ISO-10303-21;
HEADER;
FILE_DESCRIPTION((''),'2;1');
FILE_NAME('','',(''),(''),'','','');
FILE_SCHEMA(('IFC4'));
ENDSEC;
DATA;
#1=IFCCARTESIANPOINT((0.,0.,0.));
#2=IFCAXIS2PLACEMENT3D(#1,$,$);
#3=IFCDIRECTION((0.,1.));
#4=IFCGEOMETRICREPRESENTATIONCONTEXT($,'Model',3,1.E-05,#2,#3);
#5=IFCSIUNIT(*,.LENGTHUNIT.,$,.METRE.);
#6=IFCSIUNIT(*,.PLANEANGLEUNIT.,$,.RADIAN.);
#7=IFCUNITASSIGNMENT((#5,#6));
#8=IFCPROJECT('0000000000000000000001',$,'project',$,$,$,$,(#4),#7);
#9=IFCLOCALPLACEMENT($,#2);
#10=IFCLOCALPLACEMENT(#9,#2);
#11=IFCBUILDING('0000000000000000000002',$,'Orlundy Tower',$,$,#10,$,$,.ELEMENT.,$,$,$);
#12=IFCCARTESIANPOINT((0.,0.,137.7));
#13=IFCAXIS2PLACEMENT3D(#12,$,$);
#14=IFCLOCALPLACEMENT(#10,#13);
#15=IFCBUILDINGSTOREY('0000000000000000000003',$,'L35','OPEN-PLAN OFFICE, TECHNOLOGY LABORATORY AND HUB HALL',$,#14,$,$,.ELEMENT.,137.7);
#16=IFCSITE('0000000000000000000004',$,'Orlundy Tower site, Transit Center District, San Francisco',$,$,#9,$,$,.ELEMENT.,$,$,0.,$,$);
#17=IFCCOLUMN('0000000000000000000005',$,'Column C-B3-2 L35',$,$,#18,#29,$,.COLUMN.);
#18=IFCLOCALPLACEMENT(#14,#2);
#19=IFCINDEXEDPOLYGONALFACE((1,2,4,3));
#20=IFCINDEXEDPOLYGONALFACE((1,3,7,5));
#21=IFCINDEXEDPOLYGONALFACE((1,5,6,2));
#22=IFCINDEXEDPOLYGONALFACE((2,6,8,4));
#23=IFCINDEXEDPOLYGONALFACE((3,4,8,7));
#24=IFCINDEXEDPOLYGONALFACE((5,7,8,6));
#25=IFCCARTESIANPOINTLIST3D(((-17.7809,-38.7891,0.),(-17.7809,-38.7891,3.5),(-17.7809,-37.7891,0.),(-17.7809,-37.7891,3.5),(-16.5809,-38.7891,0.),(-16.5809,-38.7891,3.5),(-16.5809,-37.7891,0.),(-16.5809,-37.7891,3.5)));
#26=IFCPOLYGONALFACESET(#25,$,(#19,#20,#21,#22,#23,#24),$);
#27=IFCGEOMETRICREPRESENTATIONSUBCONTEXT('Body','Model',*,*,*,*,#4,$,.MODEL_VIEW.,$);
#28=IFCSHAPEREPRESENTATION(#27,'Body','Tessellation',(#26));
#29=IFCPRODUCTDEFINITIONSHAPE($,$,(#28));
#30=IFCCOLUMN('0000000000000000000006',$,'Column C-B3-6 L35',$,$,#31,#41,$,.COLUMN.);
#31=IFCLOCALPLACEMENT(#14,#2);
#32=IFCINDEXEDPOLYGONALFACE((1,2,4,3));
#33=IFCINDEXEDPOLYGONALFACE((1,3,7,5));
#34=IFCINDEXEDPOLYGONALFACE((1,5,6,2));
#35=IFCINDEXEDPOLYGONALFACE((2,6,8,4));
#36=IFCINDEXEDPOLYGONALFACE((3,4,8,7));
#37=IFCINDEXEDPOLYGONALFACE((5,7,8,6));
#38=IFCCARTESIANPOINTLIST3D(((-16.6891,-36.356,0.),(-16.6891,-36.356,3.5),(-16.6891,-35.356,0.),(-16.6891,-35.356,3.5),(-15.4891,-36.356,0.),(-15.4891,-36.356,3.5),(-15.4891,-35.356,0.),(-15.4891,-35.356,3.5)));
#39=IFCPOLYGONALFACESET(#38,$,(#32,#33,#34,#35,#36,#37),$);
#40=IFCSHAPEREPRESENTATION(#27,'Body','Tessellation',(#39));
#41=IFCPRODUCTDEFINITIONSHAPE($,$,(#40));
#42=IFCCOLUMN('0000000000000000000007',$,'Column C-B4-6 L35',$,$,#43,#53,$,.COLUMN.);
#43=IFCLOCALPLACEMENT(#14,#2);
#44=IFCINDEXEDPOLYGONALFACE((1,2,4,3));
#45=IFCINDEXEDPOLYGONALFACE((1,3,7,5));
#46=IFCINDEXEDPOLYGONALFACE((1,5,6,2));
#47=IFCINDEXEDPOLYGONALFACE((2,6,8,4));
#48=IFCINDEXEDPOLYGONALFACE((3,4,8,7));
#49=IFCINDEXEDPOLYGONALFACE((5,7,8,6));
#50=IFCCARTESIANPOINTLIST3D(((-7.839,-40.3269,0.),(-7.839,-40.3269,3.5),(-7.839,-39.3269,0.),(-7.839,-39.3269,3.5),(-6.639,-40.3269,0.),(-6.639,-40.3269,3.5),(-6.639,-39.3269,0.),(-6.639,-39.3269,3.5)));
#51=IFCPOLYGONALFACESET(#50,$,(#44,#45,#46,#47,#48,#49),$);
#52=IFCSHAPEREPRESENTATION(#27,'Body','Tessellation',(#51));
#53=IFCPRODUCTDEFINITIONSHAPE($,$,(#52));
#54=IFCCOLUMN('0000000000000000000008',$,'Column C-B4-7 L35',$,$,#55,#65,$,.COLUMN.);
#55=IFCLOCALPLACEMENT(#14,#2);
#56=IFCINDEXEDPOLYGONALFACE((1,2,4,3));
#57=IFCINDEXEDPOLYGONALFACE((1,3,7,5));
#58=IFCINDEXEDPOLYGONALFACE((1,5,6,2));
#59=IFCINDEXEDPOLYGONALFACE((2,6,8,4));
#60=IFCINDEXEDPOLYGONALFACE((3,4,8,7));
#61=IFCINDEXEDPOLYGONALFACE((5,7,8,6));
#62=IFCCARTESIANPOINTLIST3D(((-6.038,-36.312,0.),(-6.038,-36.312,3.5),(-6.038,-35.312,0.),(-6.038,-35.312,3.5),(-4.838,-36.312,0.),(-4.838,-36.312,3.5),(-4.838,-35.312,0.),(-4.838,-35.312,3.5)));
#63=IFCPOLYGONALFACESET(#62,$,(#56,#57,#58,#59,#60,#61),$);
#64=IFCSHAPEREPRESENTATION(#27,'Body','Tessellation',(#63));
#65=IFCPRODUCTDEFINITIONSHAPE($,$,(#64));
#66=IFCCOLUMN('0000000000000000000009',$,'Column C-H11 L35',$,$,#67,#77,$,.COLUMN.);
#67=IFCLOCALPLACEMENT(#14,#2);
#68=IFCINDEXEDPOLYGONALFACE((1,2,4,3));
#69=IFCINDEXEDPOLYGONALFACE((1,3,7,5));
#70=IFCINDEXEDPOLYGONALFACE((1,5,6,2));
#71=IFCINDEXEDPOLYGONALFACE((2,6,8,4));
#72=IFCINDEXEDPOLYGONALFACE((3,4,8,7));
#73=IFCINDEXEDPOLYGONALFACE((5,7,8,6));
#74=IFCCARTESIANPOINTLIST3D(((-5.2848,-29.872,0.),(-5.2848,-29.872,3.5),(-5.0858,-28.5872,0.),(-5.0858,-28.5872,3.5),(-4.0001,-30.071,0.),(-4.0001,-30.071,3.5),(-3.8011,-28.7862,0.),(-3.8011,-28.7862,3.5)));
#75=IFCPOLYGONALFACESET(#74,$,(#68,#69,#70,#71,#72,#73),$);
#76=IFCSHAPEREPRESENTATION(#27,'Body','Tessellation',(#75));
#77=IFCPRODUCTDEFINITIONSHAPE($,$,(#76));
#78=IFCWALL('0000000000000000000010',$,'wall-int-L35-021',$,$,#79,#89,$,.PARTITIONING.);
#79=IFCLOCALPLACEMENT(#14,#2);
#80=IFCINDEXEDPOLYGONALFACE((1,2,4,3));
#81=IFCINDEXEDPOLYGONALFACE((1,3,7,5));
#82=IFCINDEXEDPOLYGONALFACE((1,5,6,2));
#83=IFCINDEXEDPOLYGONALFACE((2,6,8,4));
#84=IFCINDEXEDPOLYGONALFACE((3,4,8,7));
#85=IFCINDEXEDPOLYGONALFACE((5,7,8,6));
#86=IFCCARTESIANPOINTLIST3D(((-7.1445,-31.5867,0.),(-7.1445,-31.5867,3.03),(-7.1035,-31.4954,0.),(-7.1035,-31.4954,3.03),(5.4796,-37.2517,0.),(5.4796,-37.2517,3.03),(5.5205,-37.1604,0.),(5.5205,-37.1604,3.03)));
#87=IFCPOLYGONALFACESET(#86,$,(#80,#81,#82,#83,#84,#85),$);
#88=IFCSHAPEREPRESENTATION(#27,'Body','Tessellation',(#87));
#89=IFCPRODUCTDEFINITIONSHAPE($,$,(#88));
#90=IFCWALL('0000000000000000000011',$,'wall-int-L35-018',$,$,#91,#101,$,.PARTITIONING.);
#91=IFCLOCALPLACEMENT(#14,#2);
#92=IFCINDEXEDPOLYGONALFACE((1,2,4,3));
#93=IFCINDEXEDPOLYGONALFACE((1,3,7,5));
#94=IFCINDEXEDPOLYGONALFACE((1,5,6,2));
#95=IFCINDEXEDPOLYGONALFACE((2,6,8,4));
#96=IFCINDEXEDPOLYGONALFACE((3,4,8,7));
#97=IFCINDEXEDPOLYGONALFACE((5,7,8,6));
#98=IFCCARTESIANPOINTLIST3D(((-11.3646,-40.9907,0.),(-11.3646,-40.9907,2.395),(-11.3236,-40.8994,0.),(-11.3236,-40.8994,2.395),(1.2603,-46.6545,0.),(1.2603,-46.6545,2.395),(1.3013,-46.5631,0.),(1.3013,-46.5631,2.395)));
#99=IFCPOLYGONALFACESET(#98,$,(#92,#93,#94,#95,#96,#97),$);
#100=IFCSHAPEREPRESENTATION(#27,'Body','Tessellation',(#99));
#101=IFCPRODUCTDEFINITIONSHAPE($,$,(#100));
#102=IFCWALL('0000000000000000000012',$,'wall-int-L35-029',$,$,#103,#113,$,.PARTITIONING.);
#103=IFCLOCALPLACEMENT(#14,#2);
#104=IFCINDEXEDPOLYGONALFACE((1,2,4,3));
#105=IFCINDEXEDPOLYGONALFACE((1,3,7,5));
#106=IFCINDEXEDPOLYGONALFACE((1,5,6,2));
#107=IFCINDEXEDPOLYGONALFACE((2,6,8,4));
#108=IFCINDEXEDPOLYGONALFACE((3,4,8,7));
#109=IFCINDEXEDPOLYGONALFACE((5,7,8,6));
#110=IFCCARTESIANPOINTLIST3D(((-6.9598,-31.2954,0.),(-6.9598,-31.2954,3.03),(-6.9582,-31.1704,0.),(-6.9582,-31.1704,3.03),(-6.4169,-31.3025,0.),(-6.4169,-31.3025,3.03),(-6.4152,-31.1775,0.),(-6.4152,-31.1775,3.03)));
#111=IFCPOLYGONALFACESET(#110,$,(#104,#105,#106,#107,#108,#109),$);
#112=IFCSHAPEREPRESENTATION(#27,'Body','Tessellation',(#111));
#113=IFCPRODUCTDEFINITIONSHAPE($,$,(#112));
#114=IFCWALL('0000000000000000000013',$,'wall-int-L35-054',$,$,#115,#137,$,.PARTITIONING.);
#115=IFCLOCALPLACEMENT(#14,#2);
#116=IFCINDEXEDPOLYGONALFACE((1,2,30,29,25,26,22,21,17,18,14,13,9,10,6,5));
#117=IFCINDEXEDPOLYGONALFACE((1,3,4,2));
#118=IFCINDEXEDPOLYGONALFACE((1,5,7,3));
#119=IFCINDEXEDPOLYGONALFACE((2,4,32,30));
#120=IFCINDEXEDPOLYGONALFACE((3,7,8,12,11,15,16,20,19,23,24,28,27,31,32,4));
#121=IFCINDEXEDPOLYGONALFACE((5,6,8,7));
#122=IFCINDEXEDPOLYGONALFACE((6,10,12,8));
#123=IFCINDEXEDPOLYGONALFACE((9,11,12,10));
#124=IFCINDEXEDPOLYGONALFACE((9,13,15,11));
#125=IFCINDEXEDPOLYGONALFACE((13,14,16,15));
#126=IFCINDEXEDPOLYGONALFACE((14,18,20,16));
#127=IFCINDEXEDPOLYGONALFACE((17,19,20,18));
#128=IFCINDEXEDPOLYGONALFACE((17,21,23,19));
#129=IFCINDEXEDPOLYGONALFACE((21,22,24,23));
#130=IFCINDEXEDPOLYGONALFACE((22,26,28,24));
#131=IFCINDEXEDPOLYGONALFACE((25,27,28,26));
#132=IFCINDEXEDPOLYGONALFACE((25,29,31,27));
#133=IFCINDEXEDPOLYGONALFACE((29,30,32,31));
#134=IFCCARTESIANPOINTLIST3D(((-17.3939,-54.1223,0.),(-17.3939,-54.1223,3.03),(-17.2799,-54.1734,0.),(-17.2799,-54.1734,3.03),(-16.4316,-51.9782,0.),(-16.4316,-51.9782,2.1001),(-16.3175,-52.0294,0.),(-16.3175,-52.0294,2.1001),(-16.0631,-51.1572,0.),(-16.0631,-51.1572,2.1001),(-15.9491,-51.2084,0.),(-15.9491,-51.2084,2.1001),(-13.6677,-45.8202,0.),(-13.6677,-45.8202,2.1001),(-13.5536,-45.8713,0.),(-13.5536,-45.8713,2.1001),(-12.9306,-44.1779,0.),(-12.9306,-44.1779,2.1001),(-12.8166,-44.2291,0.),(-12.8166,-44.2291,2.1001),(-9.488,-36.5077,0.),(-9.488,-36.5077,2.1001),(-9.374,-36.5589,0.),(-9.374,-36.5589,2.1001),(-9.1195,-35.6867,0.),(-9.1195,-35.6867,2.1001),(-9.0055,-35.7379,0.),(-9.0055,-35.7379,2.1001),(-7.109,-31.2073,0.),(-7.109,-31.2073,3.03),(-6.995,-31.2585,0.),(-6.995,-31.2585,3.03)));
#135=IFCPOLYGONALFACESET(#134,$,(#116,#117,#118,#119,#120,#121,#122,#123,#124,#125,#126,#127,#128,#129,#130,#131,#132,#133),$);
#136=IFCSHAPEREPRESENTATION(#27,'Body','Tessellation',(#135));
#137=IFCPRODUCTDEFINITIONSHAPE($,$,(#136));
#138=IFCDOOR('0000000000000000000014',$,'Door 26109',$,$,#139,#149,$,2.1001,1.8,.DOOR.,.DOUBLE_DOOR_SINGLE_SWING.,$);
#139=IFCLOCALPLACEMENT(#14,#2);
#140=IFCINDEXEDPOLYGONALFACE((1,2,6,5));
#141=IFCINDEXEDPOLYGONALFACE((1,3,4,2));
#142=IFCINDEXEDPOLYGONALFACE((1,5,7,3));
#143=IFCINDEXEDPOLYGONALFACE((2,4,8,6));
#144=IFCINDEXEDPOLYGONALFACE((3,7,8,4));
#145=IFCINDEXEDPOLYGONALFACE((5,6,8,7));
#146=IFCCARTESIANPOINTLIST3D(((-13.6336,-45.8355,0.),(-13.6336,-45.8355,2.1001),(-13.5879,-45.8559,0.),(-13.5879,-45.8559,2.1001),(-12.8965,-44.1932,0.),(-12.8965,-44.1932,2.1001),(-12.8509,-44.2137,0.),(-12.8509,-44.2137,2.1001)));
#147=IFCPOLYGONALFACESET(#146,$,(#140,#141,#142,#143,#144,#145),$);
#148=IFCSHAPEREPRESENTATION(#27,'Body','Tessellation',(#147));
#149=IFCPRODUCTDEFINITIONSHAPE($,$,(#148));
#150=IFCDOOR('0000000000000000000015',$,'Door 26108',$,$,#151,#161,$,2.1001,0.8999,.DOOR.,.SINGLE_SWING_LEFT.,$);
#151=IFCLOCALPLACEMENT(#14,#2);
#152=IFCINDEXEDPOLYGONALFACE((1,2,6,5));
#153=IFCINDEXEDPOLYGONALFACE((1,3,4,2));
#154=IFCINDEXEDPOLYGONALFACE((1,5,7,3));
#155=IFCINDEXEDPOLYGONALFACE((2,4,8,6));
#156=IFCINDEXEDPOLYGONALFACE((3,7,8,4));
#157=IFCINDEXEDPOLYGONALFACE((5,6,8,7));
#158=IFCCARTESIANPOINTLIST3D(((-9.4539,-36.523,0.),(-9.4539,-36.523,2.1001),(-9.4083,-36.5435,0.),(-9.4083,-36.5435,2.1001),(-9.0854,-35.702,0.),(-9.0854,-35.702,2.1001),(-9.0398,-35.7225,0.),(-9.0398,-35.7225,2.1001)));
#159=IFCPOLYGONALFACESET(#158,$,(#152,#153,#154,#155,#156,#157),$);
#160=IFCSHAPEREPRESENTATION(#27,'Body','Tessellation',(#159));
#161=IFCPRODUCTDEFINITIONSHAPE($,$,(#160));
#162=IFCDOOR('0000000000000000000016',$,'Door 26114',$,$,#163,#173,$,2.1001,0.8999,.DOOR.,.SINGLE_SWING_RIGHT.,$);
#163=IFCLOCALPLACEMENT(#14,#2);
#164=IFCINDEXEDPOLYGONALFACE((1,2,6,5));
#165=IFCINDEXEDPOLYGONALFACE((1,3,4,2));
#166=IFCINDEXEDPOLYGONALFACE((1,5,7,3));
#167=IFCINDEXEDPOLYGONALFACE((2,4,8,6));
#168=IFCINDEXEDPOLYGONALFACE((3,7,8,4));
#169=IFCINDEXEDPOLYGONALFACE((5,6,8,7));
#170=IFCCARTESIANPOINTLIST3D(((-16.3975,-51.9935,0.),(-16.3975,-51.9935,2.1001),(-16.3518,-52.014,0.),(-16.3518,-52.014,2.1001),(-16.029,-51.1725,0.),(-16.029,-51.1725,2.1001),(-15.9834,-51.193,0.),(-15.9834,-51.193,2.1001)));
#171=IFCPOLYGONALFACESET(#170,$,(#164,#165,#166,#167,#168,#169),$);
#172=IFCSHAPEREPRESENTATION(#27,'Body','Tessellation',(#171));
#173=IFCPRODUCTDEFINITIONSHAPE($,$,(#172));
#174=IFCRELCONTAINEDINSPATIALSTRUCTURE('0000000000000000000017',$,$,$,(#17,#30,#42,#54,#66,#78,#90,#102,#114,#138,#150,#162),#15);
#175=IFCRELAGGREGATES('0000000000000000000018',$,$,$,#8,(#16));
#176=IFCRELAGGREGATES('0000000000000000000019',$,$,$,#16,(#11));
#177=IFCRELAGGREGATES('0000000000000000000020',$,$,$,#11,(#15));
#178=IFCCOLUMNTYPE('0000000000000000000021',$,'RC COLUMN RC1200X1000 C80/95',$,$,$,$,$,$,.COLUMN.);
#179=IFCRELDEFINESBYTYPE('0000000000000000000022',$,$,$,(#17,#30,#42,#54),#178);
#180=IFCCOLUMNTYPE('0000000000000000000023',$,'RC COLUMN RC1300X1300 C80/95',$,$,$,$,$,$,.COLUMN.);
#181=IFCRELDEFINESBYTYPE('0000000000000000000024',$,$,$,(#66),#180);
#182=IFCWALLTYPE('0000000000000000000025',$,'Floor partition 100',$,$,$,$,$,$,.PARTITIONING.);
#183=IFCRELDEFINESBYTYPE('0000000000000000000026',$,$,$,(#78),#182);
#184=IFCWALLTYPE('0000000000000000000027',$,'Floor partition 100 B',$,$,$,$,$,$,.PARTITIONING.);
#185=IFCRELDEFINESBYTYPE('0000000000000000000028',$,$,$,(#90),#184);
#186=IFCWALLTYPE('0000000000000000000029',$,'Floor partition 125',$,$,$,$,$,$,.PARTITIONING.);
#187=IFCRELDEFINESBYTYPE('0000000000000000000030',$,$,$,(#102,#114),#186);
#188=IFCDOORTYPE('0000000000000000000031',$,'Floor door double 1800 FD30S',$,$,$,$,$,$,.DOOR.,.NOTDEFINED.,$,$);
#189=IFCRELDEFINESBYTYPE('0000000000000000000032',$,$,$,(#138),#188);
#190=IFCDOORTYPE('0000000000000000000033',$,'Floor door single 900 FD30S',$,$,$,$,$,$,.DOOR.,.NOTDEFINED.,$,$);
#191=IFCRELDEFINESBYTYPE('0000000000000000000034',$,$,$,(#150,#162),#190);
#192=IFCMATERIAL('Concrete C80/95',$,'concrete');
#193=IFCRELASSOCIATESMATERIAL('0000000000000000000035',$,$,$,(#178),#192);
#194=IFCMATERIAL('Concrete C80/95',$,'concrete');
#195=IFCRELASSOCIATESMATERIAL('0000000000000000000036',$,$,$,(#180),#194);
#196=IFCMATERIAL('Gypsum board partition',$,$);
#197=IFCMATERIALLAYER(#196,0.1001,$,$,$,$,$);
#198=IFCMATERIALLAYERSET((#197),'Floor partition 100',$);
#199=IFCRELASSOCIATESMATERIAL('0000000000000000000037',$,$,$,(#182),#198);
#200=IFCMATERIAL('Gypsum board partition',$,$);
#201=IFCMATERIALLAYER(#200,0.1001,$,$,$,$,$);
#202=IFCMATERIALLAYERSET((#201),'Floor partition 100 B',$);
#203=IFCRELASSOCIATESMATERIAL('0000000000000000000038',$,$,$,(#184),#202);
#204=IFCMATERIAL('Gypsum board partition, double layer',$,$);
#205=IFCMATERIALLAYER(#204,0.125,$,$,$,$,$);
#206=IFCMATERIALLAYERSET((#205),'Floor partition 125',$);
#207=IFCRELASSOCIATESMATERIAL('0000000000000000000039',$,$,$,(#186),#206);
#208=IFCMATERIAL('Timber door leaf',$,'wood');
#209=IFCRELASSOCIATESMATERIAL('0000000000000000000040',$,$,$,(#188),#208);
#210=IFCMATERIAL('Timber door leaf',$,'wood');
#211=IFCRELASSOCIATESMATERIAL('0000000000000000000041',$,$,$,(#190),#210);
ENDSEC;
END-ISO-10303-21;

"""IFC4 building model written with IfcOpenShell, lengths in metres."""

from ifc_helpers import new_model, si_unit, direction, frame, frame_2d, origin, origin_2d, place, context, subcontext, project, spatial, rectangle, extrude, material, layer, layer_set, material_profile, profile_set, type_object, element, fill, save


model = new_model("IFC4")

# Units and contexts
model_context = context("Model", 3, precision=1e-05, world=origin(), true_north=direction((0.0, 1.0)))
body_context = subcontext(model_context, "Body", "Model", "MODEL_VIEW")
ifc_project = project(units=[si_unit("LENGTHUNIT", "METRE"), si_unit("PLANEANGLEUNIT", "RADIAN")], contexts=[model_context])

# Site, building, storey
site_placement = place(None, origin())
site = spatial("IfcSite", under=ifc_project, at=site_placement, Name="Orlundy Tower site, Transit Center District, San Francisco", CompositionType="ELEMENT", RefElevation=0.0)
building_placement = place(site_placement, origin())
building = spatial("IfcBuilding", under=site, at=building_placement, Name="Orlundy Tower", CompositionType="ELEMENT")
storey_placement = place(building_placement, frame((0.0, 0.0, 137.7)))
storey = spatial("IfcBuildingStorey", under=building, at=storey_placement, Name="L35", Description="OPEN-PLAN OFFICE, TECHNOLOGY LABORATORY AND HUB HALL", CompositionType="ELEMENT", Elevation=137.7)

# Columns
ifc_material_1 = material(Name="Concrete C80/95", Category="concrete")
ifc_material_profile_1 = material_profile(ifc_material_1, rectangle(XDim=1.2, YDim=1.0, at=origin_2d()), Name="RC1200X1000")
ifc_profile_set_1 = profile_set([ifc_material_profile_1], Name="Concrete C80/95")
column_type_1 = type_object("IfcColumnType", Name="RC COLUMN RC1200X1000 C80/95", PredefinedType="COLUMN", material=ifc_profile_set_1)
for number, where, z_axis, x_axis, name in (
    (1, (-17.1809, -38.2891, 0.0), (0.0, 0.0, 1.0), (1.0, 0.0, 0.0), "Column C-B3-2 L35"),
    (2, (-16.0891, -35.856, 0.0), (0.0, 0.0, 1.0), (1.0, 0.0, 0.0), "Column C-B3-6 L35"),
    (3, (-7.239, -39.8269, 0.0), (0.0, 0.0, 1.0), (1.0, 0.0, 0.0), "Column C-B4-6 L35"),
    (4, (-5.438, -35.812, 0.0), (0.0, 0.0, 1.0), (1.0, 0.0, 0.0), "Column C-B4-7 L35"),
):
    element("IfcColumn", number, at=place(storey_placement, frame(where, z_axis=z_axis, x_axis=x_axis)), inside=storey, type_object=column_type_1, Name=name, PredefinedType="COLUMN", context=body_context, shape_type="SweptSolid", body=[
        extrude(rectangle(XDim=1.2, YDim=1.0, at=origin_2d()), origin(), (0.0, 0.0, 1.0), 3.5),
    ])
ifc_material_2 = material(Name="Concrete C80/95", Category="concrete")
ifc_material_profile_2 = material_profile(ifc_material_2, rectangle(XDim=1.3, YDim=1.3, at=origin_2d()), Name="RC1300X1300")
ifc_profile_set_2 = profile_set([ifc_material_profile_2], Name="Concrete C80/95")
column_type_2 = type_object("IfcColumnType", Name="RC COLUMN RC1300X1300 C80/95", PredefinedType="COLUMN", material=ifc_profile_set_2)
column_placement = place(storey_placement, frame((-4.543, -29.3291, 0.0), z_axis=(0.0, 0.0, 1.0), x_axis=(-0.153072, -0.988215, 0.0)))
element("IfcColumn", 5, at=column_placement, inside=storey, type_object=column_type_2, Name="Column C-H11 L35", PredefinedType="COLUMN", context=body_context, shape_type="SweptSolid", body=[
    extrude(rectangle(XDim=1.3, YDim=1.3, at=origin_2d()), origin(), (0.0, 0.0, 1.0), 3.5),
])

# Walls
ifc_material_3 = material(Name="Gypsum board partition")
ifc_layer_1 = layer(ifc_material_3, 0.1001)
ifc_layer_set_1 = layer_set([ifc_layer_1], Name="Floor partition 100")
wall_type_1 = type_object("IfcWallType", Name="Floor partition 100", PredefinedType="PARTITIONING", material=ifc_layer_set_1)
wall_1_placement = place(storey_placement, frame((-7.124, -31.541, 0.0), z_axis=(0.0, 0.0, 1.0), x_axis=(0.912348, -0.409417, 0.0)))
element("IfcWall", 6, at=wall_1_placement, inside=storey, type_object=wall_type_1, Name="wall-int-L35-021", PredefinedType="PARTITIONING", context=body_context, shape_type="SweptSolid", body=[
    extrude(rectangle(XDim=13.8369, YDim=0.1001, at=frame_2d((6.9185, 0.0))), origin(), (0.0, 0.0, 1.0), 3.03),
])
ifc_material_4 = material(Name="Gypsum board partition")
ifc_layer_2 = layer(ifc_material_4, 0.1001)
ifc_layer_set_2 = layer_set([ifc_layer_2], Name="Floor partition 100 B")
wall_type_2 = type_object("IfcWallType", Name="Floor partition 100 B", PredefinedType="PARTITIONING", material=ifc_layer_set_2)
wall_2_placement = place(storey_placement, frame((-11.344, -40.9451, 0.0), z_axis=(0.0, 0.0, 1.0), x_axis=(0.912392, -0.409317, 0.0)))
element("IfcWall", 7, at=wall_2_placement, inside=storey, type_object=wall_type_2, Name="wall-int-L35-018", PredefinedType="PARTITIONING", context=body_context, shape_type="SweptSolid", body=[
    extrude(rectangle(XDim=13.8372, YDim=0.1001, at=frame_2d((6.9185, 0.0))), origin(), (0.0, 0.0, 1.0), 2.395),
])
ifc_material_5 = material(Name="Gypsum board partition, double layer")
ifc_layer_3 = layer(ifc_material_5, 0.125)
ifc_layer_set_3 = layer_set([ifc_layer_3], Name="Floor partition 125")
wall_type_3 = type_object("IfcWallType", Name="Floor partition 125", PredefinedType="PARTITIONING", material=ifc_layer_set_3)
wall_3_placement = place(storey_placement, frame((-6.959, -31.2329, 0.0), z_axis=(0.0, 0.0, 1.0), x_axis=(0.999915, -0.013038, 0.0)))
element("IfcWall", 8, at=wall_3_placement, inside=storey, type_object=wall_type_3, Name="wall-int-L35-029", PredefinedType="PARTITIONING", context=body_context, shape_type="SweptSolid", body=[
    extrude(rectangle(XDim=0.543, YDim=0.125, at=frame_2d((0.2715, 0.0))), origin(), (0.0, 0.0, 1.0), 3.03),
])

# Wall, openings, doors
wall_4_placement = place(storey_placement, frame((-7.052, -31.2329, 0.0), z_axis=(0.0, 0.0, 1.0), x_axis=(-0.409475, -0.912321, 0.0)))
wall_4 = element("IfcWall", 9, at=wall_4_placement, inside=storey, type_object=wall_type_3, Name="wall-int-L35-054", PredefinedType="PARTITIONING", context=body_context, shape_type="SweptSolid", body=[
    extrude(rectangle(XDim=25.1172, YDim=0.125, at=frame_2d((12.5586, 0.0))), origin(), (0.0, 0.0, 1.0), 3.03),
])
opening_1_placement = place(wall_4_placement, frame((4.9099, 0.0, 0.0)))
opening_1 = element("IfcOpeningElement", 10, at=opening_1_placement, cuts=wall_4, PredefinedType="OPENING", context=body_context, shape_type="SweptSolid", body=[
    extrude(rectangle(XDim=0.8999, YDim=2.1001, at=frame_2d((0.45, 1.05))), frame((0.0, 0.0725, 0.0), z_axis=(0.0, -1.0, 0.0), x_axis=(1.0, 0.0, 0.0)), (0.0, 0.0, 1.0), 0.145),
])
opening_2_placement = place(wall_4_placement, frame((14.2173, 0.0, 0.0)))
opening_2 = element("IfcOpeningElement", 11, at=opening_2_placement, cuts=wall_4, PredefinedType="OPENING", context=body_context, shape_type="SweptSolid", body=[
    extrude(rectangle(XDim=1.8, YDim=2.1001, at=frame_2d((0.8999, 1.05))), frame((0.0, 0.0725, 0.0), z_axis=(0.0, -1.0, 0.0), x_axis=(1.0, 0.0, 0.0)), (0.0, 0.0, 1.0), 0.145),
])
opening_3_placement = place(wall_4_placement, frame((21.8672, 0.0, 0.0)))
opening_3 = element("IfcOpeningElement", 12, at=opening_3_placement, cuts=wall_4, PredefinedType="OPENING", context=body_context, shape_type="SweptSolid", body=[
    extrude(rectangle(XDim=0.8999, YDim=2.1001, at=frame_2d((0.45, 1.05))), frame((0.0, 0.0725, 0.0), z_axis=(0.0, -1.0, 0.0), x_axis=(1.0, 0.0, 0.0)), (0.0, 0.0, 1.0), 0.145),
])
ifc_material_6 = material(Name="Timber door leaf", Category="wood")
door_type_1 = type_object("IfcDoorType", Name="Floor door double 1800 FD30S", OperationType="NOTDEFINED", PredefinedType="DOOR", material=ifc_material_6)
door_1_placement = place(opening_2_placement, origin())
door_1 = element("IfcDoor", 13, at=door_1_placement, inside=storey, type_object=door_type_1, Name="Door 26109", OperationType="DOUBLE_DOOR_SINGLE_SWING", OverallHeight=2.1001, OverallWidth=1.8, PredefinedType="DOOR", context=body_context, shape_type="SweptSolid", body=[
    extrude(rectangle(XDim=1.8, YDim=2.1001, at=frame_2d((0.8999, 1.05))), frame((0.0, 0.0249, 0.0), z_axis=(0.0, -1.0, 0.0), x_axis=(1.0, 0.0, 0.0)), (0.0, 0.0, 1.0), 0.05),
])
fill(opening_2, door_1)
ifc_material_7 = material(Name="Timber door leaf", Category="wood")
door_type_2 = type_object("IfcDoorType", Name="Floor door single 900 FD30S", OperationType="NOTDEFINED", PredefinedType="DOOR", material=ifc_material_7)
door_2_placement = place(opening_1_placement, origin())
door_2 = element("IfcDoor", 14, at=door_2_placement, inside=storey, type_object=door_type_2, Name="Door 26108", OperationType="SINGLE_SWING_LEFT", OverallHeight=2.1001, OverallWidth=0.8999, PredefinedType="DOOR", context=body_context, shape_type="SweptSolid", body=[
    extrude(rectangle(XDim=0.8999, YDim=2.1001, at=frame_2d((0.45, 1.05))), frame((0.0, 0.0249, 0.0), z_axis=(0.0, -1.0, 0.0), x_axis=(1.0, 0.0, 0.0)), (0.0, 0.0, 1.0), 0.05),
])
fill(opening_1, door_2)
door_3_placement = place(opening_3_placement, origin())
door_3 = element("IfcDoor", 15, at=door_3_placement, inside=storey, type_object=door_type_2, Name="Door 26114", OperationType="SINGLE_SWING_RIGHT", OverallHeight=2.1001, OverallWidth=0.8999, PredefinedType="DOOR", context=body_context, shape_type="SweptSolid", body=[
    extrude(rectangle(XDim=0.8999, YDim=2.1001, at=frame_2d((0.45, 1.05))), frame((0.0, 0.0249, 0.0), z_axis=(0.0, -1.0, 0.0), x_axis=(1.0, 0.0, 0.0)), (0.0, 0.0, 1.0), 0.05),
])
fill(opening_3, door_3)

save(model, "model.ifc")
